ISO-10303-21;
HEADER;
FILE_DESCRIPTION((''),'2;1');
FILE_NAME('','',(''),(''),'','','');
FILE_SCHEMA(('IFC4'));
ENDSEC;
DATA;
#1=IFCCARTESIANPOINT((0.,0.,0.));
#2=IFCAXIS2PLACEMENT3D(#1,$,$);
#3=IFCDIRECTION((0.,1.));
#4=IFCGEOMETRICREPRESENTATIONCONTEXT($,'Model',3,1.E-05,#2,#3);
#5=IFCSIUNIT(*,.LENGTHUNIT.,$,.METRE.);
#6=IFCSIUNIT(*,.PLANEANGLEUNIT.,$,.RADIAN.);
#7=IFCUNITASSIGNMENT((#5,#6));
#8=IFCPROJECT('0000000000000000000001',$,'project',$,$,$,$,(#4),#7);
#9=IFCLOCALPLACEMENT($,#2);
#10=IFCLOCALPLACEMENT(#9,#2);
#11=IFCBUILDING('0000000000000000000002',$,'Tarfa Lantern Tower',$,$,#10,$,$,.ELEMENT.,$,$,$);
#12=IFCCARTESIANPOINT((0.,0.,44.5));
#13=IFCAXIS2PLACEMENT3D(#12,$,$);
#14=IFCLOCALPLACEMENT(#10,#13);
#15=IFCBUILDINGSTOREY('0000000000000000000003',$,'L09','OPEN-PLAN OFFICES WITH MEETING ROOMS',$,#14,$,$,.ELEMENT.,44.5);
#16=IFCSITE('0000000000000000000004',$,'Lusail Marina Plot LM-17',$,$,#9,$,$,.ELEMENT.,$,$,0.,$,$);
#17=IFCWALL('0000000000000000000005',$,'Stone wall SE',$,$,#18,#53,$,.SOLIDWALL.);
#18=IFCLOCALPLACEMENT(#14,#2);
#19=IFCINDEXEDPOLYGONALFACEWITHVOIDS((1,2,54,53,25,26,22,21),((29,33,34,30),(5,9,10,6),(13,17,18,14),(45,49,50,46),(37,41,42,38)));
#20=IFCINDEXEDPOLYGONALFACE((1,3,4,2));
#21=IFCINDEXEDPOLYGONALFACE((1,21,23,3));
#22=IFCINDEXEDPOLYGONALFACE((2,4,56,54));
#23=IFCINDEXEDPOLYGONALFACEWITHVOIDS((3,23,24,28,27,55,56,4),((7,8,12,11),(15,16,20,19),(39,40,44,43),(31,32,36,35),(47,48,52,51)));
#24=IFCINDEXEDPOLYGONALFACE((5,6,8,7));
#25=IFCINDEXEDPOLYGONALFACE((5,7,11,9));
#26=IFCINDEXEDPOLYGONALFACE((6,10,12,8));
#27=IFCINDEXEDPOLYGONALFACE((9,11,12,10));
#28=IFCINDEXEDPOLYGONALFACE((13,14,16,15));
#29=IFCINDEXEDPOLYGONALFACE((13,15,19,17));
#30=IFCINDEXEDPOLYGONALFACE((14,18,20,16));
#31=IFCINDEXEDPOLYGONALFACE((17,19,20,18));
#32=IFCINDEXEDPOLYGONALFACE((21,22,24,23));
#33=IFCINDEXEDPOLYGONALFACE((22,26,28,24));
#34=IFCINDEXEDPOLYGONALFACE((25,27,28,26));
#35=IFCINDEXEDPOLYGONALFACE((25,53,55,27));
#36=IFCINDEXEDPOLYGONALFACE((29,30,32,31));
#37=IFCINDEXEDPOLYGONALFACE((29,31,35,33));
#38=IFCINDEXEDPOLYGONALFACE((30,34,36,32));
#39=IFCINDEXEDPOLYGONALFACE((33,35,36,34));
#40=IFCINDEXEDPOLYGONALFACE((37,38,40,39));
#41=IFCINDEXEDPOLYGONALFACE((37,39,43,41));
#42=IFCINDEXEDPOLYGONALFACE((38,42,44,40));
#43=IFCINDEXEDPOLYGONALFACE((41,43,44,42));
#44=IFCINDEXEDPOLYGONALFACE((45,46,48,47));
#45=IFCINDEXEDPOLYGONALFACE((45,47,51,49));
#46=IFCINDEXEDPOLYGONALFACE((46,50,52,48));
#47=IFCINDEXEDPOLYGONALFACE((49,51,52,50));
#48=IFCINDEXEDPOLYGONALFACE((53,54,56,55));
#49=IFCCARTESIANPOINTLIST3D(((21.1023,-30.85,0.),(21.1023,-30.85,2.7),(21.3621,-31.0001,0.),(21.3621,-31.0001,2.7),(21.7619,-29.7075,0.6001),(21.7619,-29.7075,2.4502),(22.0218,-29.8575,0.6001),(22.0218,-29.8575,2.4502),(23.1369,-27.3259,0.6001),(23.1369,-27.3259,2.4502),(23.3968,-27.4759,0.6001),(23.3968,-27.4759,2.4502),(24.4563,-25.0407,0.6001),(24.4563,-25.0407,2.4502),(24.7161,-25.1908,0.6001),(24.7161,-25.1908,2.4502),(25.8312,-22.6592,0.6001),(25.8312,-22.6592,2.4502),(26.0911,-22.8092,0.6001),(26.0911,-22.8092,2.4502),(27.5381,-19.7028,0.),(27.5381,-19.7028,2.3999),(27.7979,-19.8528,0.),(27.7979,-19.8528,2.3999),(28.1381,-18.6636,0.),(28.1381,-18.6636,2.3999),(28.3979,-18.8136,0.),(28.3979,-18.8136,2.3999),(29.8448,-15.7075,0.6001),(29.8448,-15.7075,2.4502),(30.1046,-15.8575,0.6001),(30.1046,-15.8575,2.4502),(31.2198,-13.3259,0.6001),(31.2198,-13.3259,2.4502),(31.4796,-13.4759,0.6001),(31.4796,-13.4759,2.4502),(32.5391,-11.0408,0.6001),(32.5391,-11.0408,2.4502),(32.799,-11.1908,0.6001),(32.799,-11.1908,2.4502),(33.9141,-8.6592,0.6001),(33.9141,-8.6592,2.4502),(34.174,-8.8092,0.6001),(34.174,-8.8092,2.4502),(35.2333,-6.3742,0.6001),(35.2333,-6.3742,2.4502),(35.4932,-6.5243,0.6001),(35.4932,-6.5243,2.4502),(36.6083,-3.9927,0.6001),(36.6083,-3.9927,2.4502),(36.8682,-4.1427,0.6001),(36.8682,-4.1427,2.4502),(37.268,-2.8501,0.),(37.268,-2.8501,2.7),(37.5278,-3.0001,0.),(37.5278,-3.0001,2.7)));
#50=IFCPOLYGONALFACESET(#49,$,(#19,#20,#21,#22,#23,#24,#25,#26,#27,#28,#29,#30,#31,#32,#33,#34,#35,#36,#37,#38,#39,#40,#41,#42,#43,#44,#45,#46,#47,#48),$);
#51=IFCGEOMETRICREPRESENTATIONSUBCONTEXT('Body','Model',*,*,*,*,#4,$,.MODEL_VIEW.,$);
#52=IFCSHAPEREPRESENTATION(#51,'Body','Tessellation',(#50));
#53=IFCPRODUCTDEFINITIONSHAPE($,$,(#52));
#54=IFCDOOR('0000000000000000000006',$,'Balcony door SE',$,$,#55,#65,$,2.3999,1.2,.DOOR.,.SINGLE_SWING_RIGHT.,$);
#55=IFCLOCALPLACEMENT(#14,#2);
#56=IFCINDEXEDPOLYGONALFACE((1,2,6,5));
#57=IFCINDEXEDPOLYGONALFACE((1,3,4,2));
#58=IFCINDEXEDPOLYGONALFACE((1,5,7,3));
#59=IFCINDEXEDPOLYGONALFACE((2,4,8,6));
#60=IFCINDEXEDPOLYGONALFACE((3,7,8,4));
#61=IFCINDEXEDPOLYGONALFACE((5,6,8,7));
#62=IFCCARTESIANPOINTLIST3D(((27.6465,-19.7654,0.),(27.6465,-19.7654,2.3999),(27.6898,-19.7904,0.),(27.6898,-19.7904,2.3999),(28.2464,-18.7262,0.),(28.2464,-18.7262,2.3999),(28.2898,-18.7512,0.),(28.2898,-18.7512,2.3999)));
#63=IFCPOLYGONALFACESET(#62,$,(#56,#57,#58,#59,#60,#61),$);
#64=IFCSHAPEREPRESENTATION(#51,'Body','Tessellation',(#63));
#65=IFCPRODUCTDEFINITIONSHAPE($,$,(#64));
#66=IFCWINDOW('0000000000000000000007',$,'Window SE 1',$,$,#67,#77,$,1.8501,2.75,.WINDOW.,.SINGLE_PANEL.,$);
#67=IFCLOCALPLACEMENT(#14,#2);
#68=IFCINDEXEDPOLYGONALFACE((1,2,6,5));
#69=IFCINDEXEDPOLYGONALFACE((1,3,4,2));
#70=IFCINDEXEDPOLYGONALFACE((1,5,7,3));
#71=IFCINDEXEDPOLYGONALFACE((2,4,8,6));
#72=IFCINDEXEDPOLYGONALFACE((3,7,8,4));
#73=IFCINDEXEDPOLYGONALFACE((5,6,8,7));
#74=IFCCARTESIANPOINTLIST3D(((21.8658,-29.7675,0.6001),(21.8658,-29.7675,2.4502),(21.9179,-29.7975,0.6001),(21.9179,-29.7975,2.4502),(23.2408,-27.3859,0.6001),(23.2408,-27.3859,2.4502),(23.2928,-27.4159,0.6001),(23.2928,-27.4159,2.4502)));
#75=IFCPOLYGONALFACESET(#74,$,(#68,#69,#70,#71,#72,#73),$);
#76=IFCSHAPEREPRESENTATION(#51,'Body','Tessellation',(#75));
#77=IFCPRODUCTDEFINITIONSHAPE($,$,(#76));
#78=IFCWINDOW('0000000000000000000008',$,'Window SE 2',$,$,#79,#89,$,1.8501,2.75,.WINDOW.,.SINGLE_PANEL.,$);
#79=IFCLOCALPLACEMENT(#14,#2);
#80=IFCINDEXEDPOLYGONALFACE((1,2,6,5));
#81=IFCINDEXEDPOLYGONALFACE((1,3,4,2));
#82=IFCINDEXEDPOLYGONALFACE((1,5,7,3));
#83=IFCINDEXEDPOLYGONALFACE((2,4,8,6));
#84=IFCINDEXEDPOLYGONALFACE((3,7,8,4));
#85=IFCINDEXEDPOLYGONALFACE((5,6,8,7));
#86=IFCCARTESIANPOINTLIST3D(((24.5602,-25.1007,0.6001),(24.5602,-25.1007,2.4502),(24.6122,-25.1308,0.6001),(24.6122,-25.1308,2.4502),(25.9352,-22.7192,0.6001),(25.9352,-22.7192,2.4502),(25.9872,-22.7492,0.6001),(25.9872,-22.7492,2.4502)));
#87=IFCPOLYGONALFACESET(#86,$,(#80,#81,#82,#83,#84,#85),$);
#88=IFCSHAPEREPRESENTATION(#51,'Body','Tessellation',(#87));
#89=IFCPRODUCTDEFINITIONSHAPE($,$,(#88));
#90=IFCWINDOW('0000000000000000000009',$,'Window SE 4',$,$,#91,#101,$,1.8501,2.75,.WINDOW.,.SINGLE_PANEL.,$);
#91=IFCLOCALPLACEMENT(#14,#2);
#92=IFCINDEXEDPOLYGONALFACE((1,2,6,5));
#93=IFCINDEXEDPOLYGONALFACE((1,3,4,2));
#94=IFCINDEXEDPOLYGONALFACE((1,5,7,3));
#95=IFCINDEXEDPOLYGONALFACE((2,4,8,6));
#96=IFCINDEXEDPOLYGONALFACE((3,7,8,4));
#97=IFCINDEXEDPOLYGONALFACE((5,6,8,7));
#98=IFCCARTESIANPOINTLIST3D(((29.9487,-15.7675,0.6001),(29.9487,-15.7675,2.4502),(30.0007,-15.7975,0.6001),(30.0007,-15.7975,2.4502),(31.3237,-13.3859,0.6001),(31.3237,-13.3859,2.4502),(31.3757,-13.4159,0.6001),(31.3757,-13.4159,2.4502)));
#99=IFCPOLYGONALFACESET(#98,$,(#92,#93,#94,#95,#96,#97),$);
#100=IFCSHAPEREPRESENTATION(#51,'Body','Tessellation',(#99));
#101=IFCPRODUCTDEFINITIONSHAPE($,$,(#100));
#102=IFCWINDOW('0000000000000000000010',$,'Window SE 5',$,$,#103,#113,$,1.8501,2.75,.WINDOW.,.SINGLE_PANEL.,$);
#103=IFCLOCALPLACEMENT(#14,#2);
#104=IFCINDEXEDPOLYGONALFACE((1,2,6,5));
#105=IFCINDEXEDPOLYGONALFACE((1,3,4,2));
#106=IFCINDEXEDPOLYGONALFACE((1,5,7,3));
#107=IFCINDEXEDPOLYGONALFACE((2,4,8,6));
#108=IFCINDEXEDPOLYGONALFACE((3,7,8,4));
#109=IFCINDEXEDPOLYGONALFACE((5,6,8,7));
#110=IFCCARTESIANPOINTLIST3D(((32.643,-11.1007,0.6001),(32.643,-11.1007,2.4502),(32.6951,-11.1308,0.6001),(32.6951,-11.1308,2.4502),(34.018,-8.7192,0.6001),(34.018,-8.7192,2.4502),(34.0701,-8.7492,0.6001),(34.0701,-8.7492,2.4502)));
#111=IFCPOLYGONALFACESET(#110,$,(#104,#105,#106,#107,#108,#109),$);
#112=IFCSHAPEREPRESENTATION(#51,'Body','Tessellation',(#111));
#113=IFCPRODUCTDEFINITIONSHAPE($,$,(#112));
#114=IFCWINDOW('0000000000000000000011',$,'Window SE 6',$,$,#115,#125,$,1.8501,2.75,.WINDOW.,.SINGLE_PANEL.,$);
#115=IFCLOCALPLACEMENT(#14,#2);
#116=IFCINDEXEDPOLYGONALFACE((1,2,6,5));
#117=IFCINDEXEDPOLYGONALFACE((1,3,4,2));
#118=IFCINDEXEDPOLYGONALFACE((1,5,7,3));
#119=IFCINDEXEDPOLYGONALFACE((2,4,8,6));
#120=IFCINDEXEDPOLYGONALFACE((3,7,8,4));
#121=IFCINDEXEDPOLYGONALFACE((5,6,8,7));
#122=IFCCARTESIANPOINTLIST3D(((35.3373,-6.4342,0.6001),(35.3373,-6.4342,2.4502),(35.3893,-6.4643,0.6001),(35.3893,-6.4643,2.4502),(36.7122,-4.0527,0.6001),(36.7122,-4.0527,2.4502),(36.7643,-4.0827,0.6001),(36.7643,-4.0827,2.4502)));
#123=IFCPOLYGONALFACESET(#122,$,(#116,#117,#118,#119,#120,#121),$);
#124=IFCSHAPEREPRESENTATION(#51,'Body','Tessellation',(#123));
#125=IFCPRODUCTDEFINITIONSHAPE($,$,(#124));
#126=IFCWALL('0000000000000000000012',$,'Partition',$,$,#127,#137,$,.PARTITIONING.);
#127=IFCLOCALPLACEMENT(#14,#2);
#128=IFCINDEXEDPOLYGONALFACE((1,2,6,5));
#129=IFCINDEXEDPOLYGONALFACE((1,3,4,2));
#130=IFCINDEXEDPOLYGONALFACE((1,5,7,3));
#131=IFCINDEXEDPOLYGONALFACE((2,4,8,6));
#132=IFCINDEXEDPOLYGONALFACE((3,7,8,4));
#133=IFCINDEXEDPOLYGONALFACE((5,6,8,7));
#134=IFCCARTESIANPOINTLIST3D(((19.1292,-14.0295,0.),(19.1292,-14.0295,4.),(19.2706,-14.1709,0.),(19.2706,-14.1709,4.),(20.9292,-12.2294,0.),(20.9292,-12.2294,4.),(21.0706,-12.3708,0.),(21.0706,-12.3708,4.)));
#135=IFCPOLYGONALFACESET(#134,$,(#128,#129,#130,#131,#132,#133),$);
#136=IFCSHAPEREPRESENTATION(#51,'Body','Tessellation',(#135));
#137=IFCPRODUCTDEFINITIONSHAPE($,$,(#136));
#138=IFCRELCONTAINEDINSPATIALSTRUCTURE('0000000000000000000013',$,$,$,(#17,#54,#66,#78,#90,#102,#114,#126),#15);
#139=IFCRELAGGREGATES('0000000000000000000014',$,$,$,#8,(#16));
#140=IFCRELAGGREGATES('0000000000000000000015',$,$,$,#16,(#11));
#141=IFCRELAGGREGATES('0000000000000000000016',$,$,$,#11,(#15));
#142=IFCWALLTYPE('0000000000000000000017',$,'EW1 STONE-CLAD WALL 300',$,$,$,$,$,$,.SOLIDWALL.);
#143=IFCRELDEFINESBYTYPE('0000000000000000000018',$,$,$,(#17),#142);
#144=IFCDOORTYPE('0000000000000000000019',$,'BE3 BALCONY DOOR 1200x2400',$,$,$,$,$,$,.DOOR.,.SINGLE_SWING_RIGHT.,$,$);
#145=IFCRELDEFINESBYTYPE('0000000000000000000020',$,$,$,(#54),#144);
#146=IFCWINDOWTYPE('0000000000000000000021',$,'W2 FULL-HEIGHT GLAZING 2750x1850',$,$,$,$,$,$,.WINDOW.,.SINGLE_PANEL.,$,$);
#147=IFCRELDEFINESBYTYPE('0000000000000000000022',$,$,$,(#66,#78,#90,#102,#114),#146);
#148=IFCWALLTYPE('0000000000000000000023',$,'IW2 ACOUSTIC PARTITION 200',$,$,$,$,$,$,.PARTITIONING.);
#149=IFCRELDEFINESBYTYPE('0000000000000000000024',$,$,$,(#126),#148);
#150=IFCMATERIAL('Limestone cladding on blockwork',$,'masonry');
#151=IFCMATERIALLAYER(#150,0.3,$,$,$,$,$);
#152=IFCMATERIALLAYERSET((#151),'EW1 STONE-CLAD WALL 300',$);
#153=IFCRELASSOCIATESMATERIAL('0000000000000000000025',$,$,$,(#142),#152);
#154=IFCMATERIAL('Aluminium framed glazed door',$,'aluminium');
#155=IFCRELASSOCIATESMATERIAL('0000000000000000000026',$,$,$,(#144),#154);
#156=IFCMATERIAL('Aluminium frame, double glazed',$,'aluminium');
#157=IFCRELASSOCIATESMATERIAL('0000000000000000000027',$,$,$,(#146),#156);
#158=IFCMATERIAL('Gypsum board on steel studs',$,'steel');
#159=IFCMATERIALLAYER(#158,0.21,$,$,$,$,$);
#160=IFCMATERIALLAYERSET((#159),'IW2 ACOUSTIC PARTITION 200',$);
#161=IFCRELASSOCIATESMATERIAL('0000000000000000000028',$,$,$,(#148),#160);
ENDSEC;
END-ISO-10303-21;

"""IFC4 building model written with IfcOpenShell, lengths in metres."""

from ifc_helpers import new_model, si_unit, direction, frame, frame_2d, origin, place, context, subcontext, project, spatial, rectangle, extrude, material, layer, layer_set, type_object, element, fill, save


model = new_model("IFC4")

# Units and contexts
model_context = context("Model", 3, precision=1e-05, world=origin(), true_north=direction((0.0, 1.0)))
body_context = subcontext(model_context, "Body", "Model", "MODEL_VIEW")
ifc_project = project(units=[si_unit("LENGTHUNIT", "METRE"), si_unit("PLANEANGLEUNIT", "RADIAN")], contexts=[model_context])

# Site, building, storey
site_placement = place(None, origin())
site = spatial("IfcSite", under=ifc_project, at=site_placement, Name="Lusail Marina Plot LM-17", CompositionType="ELEMENT", RefElevation=0.0)
building_placement = place(site_placement, origin())
building = spatial("IfcBuilding", under=site, at=building_placement, Name="Tarfa Lantern Tower", CompositionType="ELEMENT")
storey_placement = place(building_placement, frame((0.0, 0.0, 44.5)))
storey = spatial("IfcBuildingStorey", under=building, at=storey_placement, Name="L09", Description="OPEN-PLAN OFFICES WITH MEETING ROOMS", CompositionType="ELEMENT", Elevation=44.5)

# Wall, openings, door, windows
ifc_material_1 = material(Name="Limestone cladding on blockwork", Category="masonry")
ifc_layer_1 = layer(ifc_material_1, 0.3)
ifc_layer_set_1 = layer_set([ifc_layer_1], Name="EW1 STONE-CLAD WALL 300")
wall_type_1 = type_object("IfcWallType", Name="EW1 STONE-CLAD WALL 300", PredefinedType="SOLIDWALL", material=ifc_layer_set_1)
wall_1_placement = place(storey_placement, frame((21.2322, -30.925, 0.0), z_axis=(0.0, 0.0, 1.0), x_axis=(0.499999, 0.866026, 0.0)))
wall_1 = element("IfcWall", 1, at=wall_1_placement, inside=storey, type_object=wall_type_1, Name="Stone wall SE", PredefinedType="SOLIDWALL", context=body_context, shape_type="SweptSolid", body=[
    extrude(rectangle(XDim=32.3315, YDim=0.3, at=frame_2d((16.1658, 0.0))), origin(), (0.0, 0.0, 1.0), 2.7),
])
opening_1_placement = place(wall_1_placement, frame((1.3193, 0.0, 0.6001)))
opening_1 = element("IfcOpeningElement", 2, at=opening_1_placement, cuts=wall_1, PredefinedType="OPENING", context=body_context, shape_type="SweptSolid", body=[
    extrude(rectangle(XDim=2.75, YDim=1.8501, at=frame_2d((1.375, 0.925))), frame((0.0, 0.1599, 0.0), z_axis=(0.0, -1.0, 0.0), x_axis=(1.0, 0.0, 0.0)), (0.0, 0.0, 1.0), 0.3201),
])
opening_2_placement = place(wall_1_placement, frame((6.708, 0.0, 0.6001)))
opening_2 = element("IfcOpeningElement", 3, at=opening_2_placement, cuts=wall_1, PredefinedType="OPENING", context=body_context, shape_type="SweptSolid", body=[
    extrude(rectangle(XDim=2.75, YDim=1.8501, at=frame_2d((1.375, 0.925))), frame((0.0, 0.1599, 0.0), z_axis=(0.0, -1.0, 0.0), x_axis=(1.0, 0.0, 0.0)), (0.0, 0.0, 1.0), 0.3201),
])
opening_3_placement = place(wall_1_placement, frame((12.8716, 0.0, 0.0)))
opening_3 = element("IfcOpeningElement", 4, at=opening_3_placement, cuts=wall_1, PredefinedType="OPENING", context=body_context, shape_type="SweptSolid", body=[
    extrude(rectangle(XDim=1.2, YDim=2.3999, at=frame_2d((0.6001, 1.2))), frame((0.0, 0.1599, 0.0), z_axis=(0.0, -1.0, 0.0), x_axis=(1.0, 0.0, 0.0)), (0.0, 0.0, 1.0), 0.3201),
])
opening_4_placement = place(wall_1_placement, frame((17.4851, 0.0, 0.6001)))
opening_4 = element("IfcOpeningElement", 5, at=opening_4_placement, cuts=wall_1, PredefinedType="OPENING", context=body_context, shape_type="SweptSolid", body=[
    extrude(rectangle(XDim=2.75, YDim=1.8501, at=frame_2d((1.375, 0.925))), frame((0.0, 0.1599, 0.0), z_axis=(0.0, -1.0, 0.0), x_axis=(1.0, 0.0, 0.0)), (0.0, 0.0, 1.0), 0.3201),
])
opening_5_placement = place(wall_1_placement, frame((22.8738, 0.0, 0.6001)))
opening_5 = element("IfcOpeningElement", 6, at=opening_5_placement, cuts=wall_1, PredefinedType="OPENING", context=body_context, shape_type="SweptSolid", body=[
    extrude(rectangle(XDim=2.75, YDim=1.8501, at=frame_2d((1.375, 0.925))), frame((0.0, 0.1599, 0.0), z_axis=(0.0, -1.0, 0.0), x_axis=(1.0, 0.0, 0.0)), (0.0, 0.0, 1.0), 0.3201),
])
opening_6_placement = place(wall_1_placement, frame((28.2622, 0.0, 0.6001)))
opening_6 = element("IfcOpeningElement", 7, at=opening_6_placement, cuts=wall_1, PredefinedType="OPENING", context=body_context, shape_type="SweptSolid", body=[
    extrude(rectangle(XDim=2.75, YDim=1.8501, at=frame_2d((1.375, 0.925))), frame((0.0, 0.1599, 0.0), z_axis=(0.0, -1.0, 0.0), x_axis=(1.0, 0.0, 0.0)), (0.0, 0.0, 1.0), 0.3201),
])
ifc_material_2 = material(Name="Aluminium framed glazed door", Category="aluminium")
door_type_1 = type_object("IfcDoorType", Name="BE3 BALCONY DOOR 1200x2400", OperationType="SINGLE_SWING_RIGHT", PredefinedType="DOOR", material=ifc_material_2)
door_1_placement = place(opening_3_placement, origin())
door_1 = element("IfcDoor", 8, at=door_1_placement, inside=storey, type_object=door_type_1, Name="Balcony door SE", OperationType="SINGLE_SWING_RIGHT", OverallHeight=2.3999, OverallWidth=1.2, PredefinedType="DOOR", context=body_context, shape_type="SweptSolid", body=[
    extrude(rectangle(XDim=1.2, YDim=2.3999, at=frame_2d((0.6001, 1.2))), frame((0.0, 0.0249, 0.0), z_axis=(0.0, -1.0, 0.0), x_axis=(1.0, 0.0, 0.0)), (0.0, 0.0, 1.0), 0.05),
])
fill(opening_3, door_1)
ifc_material_3 = material(Name="Aluminium frame, double glazed", Category="aluminium")
window_type = type_object("IfcWindowType", Name="W2 FULL-HEIGHT GLAZING 2750x1850", PartitioningType="SINGLE_PANEL", PredefinedType="WINDOW", material=ifc_material_3)
window_1_placement = place(opening_1_placement, origin())
window_1 = element("IfcWindow", 9, at=window_1_placement, inside=storey, type_object=window_type, Name="Window SE 1", OverallHeight=1.8501, OverallWidth=2.75, PartitioningType="SINGLE_PANEL", PredefinedType="WINDOW", context=body_context, shape_type="SweptSolid", body=[
    extrude(rectangle(XDim=2.75, YDim=1.8501, at=frame_2d((1.375, 0.925))), frame((0.0, 0.03, 0.0), z_axis=(0.0, -1.0, 0.0), x_axis=(1.0, 0.0, 0.0)), (0.0, 0.0, 1.0), 0.0601),
])
fill(opening_1, window_1)
window_2_placement = place(opening_2_placement, origin())
window_2 = element("IfcWindow", 10, at=window_2_placement, inside=storey, type_object=window_type, Name="Window SE 2", OverallHeight=1.8501, OverallWidth=2.75, PartitioningType="SINGLE_PANEL", PredefinedType="WINDOW", context=body_context, shape_type="SweptSolid", body=[
    extrude(rectangle(XDim=2.75, YDim=1.8501, at=frame_2d((1.375, 0.925))), frame((0.0, 0.03, 0.0), z_axis=(0.0, -1.0, 0.0), x_axis=(1.0, 0.0, 0.0)), (0.0, 0.0, 1.0), 0.0601),
])
fill(opening_2, window_2)
window_3_placement = place(opening_4_placement, origin())
window_3 = element("IfcWindow", 11, at=window_3_placement, inside=storey, type_object=window_type, Name="Window SE 4", OverallHeight=1.8501, OverallWidth=2.75, PartitioningType="SINGLE_PANEL", PredefinedType="WINDOW", context=body_context, shape_type="SweptSolid", body=[
    extrude(rectangle(XDim=2.75, YDim=1.8501, at=frame_2d((1.375, 0.925))), frame((0.0, 0.03, 0.0), z_axis=(0.0, -1.0, 0.0), x_axis=(1.0, 0.0, 0.0)), (0.0, 0.0, 1.0), 0.0601),
])
fill(opening_4, window_3)
window_4_placement = place(opening_5_placement, origin())
window_4 = element("IfcWindow", 12, at=window_4_placement, inside=storey, type_object=window_type, Name="Window SE 5", OverallHeight=1.8501, OverallWidth=2.75, PartitioningType="SINGLE_PANEL", PredefinedType="WINDOW", context=body_context, shape_type="SweptSolid", body=[
    extrude(rectangle(XDim=2.75, YDim=1.8501, at=frame_2d((1.375, 0.925))), frame((0.0, 0.03, 0.0), z_axis=(0.0, -1.0, 0.0), x_axis=(1.0, 0.0, 0.0)), (0.0, 0.0, 1.0), 0.0601),
])
fill(opening_5, window_4)
window_5_placement = place(opening_6_placement, origin())
window_5 = element("IfcWindow", 13, at=window_5_placement, inside=storey, type_object=window_type, Name="Window SE 6", OverallHeight=1.8501, OverallWidth=2.75, PartitioningType="SINGLE_PANEL", PredefinedType="WINDOW", context=body_context, shape_type="SweptSolid", body=[
    extrude(rectangle(XDim=2.75, YDim=1.8501, at=frame_2d((1.375, 0.925))), frame((0.0, 0.03, 0.0), z_axis=(0.0, -1.0, 0.0), x_axis=(1.0, 0.0, 0.0)), (0.0, 0.0, 1.0), 0.0601),
])
fill(opening_6, window_5)

# Wall
ifc_material_4 = material(Name="Gypsum board on steel studs", Category="steel")
ifc_layer_2 = layer(ifc_material_4, 0.21)
ifc_layer_set_2 = layer_set([ifc_layer_2], Name="IW2 ACOUSTIC PARTITION 200")
wall_type_2 = type_object("IfcWallType", Name="IW2 ACOUSTIC PARTITION 200", PredefinedType="PARTITIONING", material=ifc_layer_set_2)
wall_2_placement = place(storey_placement, frame((21.0, -12.3, 0.0), z_axis=(0.0, 0.0, 1.0), x_axis=(-0.707107, -0.707107, 0.0)))
element("IfcWall", 14, at=wall_2_placement, inside=storey, type_object=wall_type_2, Name="Partition", PredefinedType="PARTITIONING", context=body_context, shape_type="SweptSolid", body=[
    extrude(rectangle(XDim=2.5457, YDim=0.2, at=frame_2d((1.2729, 0.0))), origin(), (0.0, 0.0, 1.0), 4.0),
])

save(model, "model.ifc")
